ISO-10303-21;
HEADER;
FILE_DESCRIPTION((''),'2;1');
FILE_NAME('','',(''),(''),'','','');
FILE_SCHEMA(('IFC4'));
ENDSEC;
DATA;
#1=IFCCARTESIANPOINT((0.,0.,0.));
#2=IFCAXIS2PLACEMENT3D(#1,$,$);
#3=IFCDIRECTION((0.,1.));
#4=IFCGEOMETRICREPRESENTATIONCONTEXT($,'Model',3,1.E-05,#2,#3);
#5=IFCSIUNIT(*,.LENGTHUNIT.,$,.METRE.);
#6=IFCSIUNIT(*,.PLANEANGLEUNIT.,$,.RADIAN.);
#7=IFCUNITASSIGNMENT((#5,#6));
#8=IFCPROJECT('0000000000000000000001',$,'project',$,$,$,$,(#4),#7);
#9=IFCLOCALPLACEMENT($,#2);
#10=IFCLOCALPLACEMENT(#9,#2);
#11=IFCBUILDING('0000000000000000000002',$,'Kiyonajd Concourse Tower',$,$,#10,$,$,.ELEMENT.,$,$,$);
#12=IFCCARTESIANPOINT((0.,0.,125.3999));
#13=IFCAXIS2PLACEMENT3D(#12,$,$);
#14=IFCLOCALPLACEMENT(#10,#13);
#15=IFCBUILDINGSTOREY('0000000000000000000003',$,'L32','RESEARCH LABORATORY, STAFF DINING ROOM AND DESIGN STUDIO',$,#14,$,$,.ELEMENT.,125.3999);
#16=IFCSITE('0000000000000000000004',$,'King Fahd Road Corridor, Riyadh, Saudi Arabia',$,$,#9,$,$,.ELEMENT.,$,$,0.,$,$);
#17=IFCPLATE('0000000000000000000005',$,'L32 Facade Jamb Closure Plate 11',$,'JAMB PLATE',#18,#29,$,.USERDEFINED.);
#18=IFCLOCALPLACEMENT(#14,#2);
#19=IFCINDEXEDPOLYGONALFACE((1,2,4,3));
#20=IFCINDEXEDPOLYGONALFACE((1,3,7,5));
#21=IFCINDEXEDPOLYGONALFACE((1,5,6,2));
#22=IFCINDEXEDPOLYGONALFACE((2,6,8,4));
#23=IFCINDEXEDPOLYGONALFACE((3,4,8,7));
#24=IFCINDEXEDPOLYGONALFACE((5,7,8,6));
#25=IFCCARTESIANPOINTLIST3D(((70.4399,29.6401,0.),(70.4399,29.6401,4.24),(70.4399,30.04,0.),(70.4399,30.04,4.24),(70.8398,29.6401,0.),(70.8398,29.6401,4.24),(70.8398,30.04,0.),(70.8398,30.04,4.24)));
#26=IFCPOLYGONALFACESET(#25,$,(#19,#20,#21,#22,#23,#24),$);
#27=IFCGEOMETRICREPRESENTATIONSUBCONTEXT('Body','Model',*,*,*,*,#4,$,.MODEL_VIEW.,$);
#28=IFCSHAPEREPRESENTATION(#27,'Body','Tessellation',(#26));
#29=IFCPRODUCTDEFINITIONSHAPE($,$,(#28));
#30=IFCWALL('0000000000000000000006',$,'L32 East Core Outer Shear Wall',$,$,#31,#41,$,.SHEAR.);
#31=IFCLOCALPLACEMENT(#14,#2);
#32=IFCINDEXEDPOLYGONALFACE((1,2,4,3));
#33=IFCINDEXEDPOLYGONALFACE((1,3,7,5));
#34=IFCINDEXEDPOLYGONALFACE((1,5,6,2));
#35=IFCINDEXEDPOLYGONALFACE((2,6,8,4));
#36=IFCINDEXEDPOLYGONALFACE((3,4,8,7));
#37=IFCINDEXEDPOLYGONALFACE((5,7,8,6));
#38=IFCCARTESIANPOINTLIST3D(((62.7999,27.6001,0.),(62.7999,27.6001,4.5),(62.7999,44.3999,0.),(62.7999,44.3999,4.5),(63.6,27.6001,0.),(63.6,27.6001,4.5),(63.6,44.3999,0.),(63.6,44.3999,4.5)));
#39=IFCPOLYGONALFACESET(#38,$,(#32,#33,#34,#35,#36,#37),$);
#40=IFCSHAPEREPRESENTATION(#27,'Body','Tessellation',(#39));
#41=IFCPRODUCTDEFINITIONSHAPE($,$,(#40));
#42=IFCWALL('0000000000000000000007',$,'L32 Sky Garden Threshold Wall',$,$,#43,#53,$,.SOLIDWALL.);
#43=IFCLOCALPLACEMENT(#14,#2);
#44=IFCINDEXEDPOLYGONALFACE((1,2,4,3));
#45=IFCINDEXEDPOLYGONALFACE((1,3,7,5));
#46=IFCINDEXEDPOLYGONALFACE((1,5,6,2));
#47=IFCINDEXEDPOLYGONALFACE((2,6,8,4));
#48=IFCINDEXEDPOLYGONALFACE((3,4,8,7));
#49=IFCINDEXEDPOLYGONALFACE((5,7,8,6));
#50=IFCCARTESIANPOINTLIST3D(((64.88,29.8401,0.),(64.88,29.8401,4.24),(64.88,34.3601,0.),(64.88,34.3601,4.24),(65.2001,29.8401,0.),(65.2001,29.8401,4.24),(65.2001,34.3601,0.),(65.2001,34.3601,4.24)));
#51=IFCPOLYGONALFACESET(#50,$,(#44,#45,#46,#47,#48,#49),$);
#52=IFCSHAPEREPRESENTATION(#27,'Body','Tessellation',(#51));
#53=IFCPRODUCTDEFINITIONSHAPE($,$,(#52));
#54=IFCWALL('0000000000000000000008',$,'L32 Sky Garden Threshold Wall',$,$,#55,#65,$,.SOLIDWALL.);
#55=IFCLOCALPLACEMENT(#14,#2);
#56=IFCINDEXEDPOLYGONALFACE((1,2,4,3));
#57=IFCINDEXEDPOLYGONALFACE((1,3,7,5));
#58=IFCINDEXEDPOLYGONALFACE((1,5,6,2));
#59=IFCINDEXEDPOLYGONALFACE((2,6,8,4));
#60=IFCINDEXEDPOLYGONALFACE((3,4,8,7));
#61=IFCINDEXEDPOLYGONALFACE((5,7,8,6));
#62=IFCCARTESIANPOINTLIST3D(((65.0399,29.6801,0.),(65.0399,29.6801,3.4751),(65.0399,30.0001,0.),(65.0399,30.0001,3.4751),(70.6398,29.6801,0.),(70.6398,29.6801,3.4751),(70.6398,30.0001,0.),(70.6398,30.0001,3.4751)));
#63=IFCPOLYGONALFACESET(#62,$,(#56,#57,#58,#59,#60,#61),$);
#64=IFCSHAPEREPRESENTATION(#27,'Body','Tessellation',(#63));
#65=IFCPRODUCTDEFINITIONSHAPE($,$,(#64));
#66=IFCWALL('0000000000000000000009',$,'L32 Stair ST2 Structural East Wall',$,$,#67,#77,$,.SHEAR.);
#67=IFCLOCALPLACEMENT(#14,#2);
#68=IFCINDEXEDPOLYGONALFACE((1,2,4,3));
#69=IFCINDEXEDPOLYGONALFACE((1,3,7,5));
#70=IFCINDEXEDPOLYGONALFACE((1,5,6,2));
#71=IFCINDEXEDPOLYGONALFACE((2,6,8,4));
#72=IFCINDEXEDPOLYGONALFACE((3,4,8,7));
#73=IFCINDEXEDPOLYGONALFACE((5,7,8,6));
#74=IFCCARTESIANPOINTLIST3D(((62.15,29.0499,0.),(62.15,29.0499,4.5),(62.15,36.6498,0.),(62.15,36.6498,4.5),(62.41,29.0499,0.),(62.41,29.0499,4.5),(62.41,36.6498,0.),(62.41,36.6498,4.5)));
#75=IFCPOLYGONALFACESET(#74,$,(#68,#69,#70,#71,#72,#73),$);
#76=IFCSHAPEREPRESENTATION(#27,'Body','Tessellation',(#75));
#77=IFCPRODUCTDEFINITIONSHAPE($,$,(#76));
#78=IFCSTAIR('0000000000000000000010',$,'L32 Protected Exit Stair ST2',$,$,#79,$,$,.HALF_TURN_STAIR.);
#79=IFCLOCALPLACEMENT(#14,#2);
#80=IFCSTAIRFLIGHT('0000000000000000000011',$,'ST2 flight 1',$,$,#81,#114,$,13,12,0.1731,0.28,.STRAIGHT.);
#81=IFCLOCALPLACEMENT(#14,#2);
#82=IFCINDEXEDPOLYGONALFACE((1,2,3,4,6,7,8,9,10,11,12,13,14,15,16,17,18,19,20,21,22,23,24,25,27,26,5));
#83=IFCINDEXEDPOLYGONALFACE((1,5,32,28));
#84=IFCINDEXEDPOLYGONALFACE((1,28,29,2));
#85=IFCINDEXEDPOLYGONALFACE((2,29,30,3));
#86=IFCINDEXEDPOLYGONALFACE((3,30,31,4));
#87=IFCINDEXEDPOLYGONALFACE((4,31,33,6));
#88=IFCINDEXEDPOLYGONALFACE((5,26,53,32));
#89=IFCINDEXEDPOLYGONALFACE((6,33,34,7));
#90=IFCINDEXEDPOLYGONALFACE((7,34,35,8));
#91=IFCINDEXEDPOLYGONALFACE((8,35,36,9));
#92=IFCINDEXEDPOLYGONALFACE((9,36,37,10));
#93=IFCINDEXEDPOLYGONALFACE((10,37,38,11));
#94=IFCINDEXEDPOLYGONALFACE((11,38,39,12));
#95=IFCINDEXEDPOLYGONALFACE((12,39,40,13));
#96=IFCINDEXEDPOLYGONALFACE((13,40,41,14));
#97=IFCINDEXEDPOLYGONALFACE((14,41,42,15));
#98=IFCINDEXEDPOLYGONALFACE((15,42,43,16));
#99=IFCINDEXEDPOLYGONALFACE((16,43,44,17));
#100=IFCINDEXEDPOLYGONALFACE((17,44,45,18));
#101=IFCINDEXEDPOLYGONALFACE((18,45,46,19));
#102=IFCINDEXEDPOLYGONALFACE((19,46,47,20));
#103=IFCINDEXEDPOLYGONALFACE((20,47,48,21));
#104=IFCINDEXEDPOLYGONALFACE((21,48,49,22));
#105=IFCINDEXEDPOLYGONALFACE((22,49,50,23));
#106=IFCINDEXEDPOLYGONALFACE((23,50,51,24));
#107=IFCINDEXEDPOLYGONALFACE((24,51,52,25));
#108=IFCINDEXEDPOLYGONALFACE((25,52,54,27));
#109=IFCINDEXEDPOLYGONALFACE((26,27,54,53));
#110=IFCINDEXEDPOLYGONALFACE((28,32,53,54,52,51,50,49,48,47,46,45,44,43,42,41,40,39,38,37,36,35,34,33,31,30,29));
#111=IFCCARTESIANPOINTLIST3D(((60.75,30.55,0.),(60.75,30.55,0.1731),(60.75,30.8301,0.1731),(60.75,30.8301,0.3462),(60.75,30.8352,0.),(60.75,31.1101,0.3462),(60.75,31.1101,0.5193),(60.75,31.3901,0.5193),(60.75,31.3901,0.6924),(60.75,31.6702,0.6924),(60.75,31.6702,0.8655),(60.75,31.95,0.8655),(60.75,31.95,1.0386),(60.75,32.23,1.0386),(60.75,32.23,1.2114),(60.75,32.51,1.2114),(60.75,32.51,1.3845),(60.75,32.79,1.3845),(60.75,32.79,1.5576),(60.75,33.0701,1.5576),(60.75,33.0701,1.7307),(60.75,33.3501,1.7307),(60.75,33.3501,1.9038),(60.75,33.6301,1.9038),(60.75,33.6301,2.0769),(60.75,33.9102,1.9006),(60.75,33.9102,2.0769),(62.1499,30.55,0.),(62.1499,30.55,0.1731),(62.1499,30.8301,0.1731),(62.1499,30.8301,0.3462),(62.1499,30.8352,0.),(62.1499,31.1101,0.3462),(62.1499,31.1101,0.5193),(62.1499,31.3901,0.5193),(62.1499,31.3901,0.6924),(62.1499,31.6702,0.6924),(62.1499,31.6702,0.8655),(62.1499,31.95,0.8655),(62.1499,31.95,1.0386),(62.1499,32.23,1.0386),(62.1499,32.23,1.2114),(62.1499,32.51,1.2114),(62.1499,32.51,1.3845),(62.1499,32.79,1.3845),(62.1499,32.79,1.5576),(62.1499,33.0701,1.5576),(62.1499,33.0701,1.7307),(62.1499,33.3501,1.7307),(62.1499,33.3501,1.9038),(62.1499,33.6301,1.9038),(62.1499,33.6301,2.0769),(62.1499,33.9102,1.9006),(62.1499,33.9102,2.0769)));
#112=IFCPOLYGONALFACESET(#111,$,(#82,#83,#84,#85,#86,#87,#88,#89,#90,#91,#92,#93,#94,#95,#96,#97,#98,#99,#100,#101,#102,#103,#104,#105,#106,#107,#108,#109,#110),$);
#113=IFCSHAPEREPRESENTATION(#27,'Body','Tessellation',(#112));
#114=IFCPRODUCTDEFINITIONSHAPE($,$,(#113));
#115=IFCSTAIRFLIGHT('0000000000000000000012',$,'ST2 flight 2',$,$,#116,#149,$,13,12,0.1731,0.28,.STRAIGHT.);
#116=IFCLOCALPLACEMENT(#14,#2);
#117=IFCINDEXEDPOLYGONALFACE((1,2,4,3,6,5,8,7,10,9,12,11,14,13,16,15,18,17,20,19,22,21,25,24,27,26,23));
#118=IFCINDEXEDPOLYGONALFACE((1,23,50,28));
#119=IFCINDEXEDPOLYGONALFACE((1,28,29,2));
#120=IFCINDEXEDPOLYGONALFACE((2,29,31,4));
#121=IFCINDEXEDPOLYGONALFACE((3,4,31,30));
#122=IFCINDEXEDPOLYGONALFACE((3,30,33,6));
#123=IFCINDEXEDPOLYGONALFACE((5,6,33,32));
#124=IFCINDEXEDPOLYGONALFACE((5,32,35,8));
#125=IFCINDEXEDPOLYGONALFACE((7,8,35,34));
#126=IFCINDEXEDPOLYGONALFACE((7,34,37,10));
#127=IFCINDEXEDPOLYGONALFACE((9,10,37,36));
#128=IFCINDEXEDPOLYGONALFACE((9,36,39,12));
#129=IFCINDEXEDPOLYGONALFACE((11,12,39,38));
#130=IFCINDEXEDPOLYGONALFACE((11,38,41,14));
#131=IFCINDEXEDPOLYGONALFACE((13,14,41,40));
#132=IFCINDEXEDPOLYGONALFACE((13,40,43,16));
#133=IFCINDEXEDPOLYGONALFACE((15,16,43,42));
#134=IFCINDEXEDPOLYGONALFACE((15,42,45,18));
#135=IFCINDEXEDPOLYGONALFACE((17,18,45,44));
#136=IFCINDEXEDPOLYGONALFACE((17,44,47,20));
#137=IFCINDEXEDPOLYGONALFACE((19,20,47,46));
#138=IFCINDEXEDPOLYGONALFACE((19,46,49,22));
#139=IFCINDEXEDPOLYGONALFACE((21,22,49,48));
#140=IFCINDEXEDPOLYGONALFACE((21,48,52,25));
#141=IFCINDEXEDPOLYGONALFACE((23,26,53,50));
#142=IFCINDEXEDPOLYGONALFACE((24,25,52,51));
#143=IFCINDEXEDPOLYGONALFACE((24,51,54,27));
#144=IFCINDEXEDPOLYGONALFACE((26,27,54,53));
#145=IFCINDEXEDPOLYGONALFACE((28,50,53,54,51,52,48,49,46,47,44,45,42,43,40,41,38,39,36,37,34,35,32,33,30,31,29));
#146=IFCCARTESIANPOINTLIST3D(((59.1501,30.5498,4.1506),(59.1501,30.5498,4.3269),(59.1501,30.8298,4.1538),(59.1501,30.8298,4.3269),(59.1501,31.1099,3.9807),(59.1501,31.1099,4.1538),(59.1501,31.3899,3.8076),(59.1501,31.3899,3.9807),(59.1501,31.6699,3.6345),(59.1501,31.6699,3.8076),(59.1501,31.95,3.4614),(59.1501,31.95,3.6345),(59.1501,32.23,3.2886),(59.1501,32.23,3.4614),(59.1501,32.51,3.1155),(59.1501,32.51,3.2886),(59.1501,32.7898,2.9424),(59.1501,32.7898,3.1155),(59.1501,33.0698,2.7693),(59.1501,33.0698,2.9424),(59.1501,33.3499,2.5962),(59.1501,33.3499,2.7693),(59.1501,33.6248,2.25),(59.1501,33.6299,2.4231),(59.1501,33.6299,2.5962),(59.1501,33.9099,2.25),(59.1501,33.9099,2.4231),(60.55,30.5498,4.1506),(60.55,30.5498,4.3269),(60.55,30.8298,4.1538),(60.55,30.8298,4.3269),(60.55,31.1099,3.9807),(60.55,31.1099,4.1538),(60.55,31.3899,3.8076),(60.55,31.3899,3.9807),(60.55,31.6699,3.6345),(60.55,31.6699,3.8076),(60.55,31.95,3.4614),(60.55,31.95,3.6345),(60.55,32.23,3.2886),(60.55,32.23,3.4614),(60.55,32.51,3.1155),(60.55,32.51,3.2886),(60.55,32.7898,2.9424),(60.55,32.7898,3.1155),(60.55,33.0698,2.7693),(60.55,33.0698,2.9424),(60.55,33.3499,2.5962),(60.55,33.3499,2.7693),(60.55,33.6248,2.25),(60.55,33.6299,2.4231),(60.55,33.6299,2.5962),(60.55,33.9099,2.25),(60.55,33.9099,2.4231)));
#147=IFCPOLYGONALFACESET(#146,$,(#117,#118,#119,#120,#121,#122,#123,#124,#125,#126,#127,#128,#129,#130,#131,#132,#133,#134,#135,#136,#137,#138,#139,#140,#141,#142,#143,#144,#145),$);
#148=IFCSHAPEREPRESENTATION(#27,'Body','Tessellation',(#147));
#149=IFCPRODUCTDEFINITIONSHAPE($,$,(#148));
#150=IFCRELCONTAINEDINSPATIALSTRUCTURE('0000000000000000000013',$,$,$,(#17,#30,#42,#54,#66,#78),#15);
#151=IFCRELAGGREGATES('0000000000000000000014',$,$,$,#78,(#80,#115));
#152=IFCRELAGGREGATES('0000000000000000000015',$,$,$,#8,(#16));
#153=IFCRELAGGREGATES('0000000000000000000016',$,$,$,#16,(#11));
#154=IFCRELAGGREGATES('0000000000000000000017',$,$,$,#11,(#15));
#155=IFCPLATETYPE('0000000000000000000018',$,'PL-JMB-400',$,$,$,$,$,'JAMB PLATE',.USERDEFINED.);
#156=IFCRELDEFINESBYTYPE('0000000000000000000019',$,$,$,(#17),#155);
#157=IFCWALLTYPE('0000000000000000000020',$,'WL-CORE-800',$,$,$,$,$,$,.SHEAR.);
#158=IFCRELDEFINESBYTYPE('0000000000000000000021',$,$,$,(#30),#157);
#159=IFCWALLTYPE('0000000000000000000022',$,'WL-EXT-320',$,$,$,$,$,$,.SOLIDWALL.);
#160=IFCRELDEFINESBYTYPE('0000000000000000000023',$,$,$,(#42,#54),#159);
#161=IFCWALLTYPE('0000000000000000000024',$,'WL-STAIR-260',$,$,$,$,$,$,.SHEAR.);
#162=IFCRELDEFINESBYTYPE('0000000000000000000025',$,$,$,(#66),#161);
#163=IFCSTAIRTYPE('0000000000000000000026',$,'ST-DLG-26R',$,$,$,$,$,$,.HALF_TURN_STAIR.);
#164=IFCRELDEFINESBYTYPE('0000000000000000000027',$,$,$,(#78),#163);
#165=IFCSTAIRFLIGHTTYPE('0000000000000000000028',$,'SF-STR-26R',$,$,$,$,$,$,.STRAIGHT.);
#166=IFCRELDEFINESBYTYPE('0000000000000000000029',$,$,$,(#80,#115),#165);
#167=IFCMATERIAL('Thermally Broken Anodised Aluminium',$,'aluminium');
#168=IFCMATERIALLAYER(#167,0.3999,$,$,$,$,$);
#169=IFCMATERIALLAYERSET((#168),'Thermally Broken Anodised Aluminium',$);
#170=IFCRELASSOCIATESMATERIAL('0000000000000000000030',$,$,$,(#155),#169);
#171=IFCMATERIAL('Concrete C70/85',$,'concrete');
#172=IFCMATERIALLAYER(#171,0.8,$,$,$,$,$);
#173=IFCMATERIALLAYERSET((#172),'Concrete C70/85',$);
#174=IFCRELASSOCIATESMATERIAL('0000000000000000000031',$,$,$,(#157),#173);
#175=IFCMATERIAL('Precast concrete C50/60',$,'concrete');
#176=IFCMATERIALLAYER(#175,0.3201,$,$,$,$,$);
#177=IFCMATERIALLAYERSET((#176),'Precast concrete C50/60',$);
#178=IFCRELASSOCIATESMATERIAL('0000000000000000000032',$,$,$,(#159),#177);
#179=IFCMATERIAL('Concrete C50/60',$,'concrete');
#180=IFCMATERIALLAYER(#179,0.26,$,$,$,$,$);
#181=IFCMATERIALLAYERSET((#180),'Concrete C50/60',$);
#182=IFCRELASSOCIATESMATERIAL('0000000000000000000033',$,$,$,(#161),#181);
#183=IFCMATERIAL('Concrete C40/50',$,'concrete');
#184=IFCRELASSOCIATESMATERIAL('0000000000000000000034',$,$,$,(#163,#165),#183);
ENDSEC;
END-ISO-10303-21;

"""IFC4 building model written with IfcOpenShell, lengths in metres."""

from ifc_helpers import new_model, si_unit, direction, frame, frame_2d, origin, origin_2d, place, context, subcontext, project, spatial, polyline, rectangle, outline, extrude, material, layer, layer_set, type_object, element, aggregate, save


model = new_model("IFC4")

# Units and contexts
model_context = context("Model", 3, precision=1e-05, world=origin(), true_north=direction((0.0, 1.0)))
body_context = subcontext(model_context, "Body", "Model", "MODEL_VIEW")
ifc_project = project(units=[si_unit("LENGTHUNIT", "METRE"), si_unit("PLANEANGLEUNIT", "RADIAN")], contexts=[model_context])

# Site, building, storey
site_placement = place(None, origin())
site = spatial("IfcSite", under=ifc_project, at=site_placement, Name="King Fahd Road Corridor, Riyadh, Saudi Arabia", CompositionType="ELEMENT", RefElevation=0.0)
building_placement = place(site_placement, origin())
building = spatial("IfcBuilding", under=site, at=building_placement, Name="Kiyonajd Concourse Tower", CompositionType="ELEMENT")
storey_placement = place(building_placement, frame((0.0, 0.0, 125.3999)))
storey = spatial("IfcBuildingStorey", under=building, at=storey_placement, Name="L32", Description="RESEARCH LABORATORY, STAFF DINING ROOM AND DESIGN STUDIO", CompositionType="ELEMENT", Elevation=125.3999)

# Shared definitions
ifc_material_1 = material(Name="Concrete C70/85", Category="concrete")

# Shared definitions
ifc_material_2 = material(Name="Precast concrete C50/60", Category="concrete")

# Shared definitions
ifc_material_3 = material(Name="Thermally Broken Anodised Aluminium", Category="aluminium")

# Plate
ifc_layer_1 = layer(ifc_material_3, 0.3999)
ifc_layer_set_1 = layer_set([ifc_layer_1], Name="Thermally Broken Anodised Aluminium")
plate_type_1 = type_object("IfcPlateType", Name="PL-JMB-400", ElementType="JAMB PLATE", PredefinedType="USERDEFINED", material=ifc_layer_set_1)
plate_1_placement = place(storey_placement, frame((70.6399, 29.8401, 0.0), z_axis=(0.0, 0.0, 1.0), x_axis=(1.0, 0.0, 0.0)))
element("IfcPlate", 1, at=plate_1_placement, inside=storey, type_object=plate_type_1, Name="L32 Facade Jamb Closure Plate 11", ObjectType="JAMB PLATE", PredefinedType="USERDEFINED", context=body_context, shape_type="SweptSolid", body=[
    extrude(rectangle(XDim=0.3999, YDim=0.3999, at=origin_2d()), origin(), (0.0, 0.0, 1.0), 4.24),
])

# Walls
ifc_layer_2 = layer(ifc_material_1, 0.8)
ifc_layer_set_2 = layer_set([ifc_layer_2], Name="Concrete C70/85")
wall_type_1 = type_object("IfcWallType", Name="WL-CORE-800", PredefinedType="SHEAR", material=ifc_layer_set_2)
wall_1_placement = place(storey_placement, frame((63.2, 27.6001, 0.0), z_axis=(0.0, 0.0, 1.0), x_axis=(0.0, 1.0, 0.0)))
element("IfcWall", 2, at=wall_1_placement, inside=storey, type_object=wall_type_1, Name="L32 East Core Outer Shear Wall", PredefinedType="SHEAR", context=body_context, shape_type="SweptSolid", body=[
    extrude(rectangle(XDim=16.7998, YDim=0.8, at=frame_2d((8.3999, 0.0))), origin(), (0.0, 0.0, 1.0), 4.5),
])
ifc_layer_3 = layer(ifc_material_2, 0.3201)
ifc_layer_set_3 = layer_set([ifc_layer_3], Name="Precast concrete C50/60")
wall_type_2 = type_object("IfcWallType", Name="WL-EXT-320", PredefinedType="SOLIDWALL", material=ifc_layer_set_3)
wall_2_placement = place(storey_placement, frame((65.04, 34.3601, 0.0), z_axis=(0.0, 0.0, 1.0), x_axis=(0.0, -1.0, 0.0)))
element("IfcWall", 3, at=wall_2_placement, inside=storey, type_object=wall_type_2, Name="L32 Sky Garden Threshold Wall", PredefinedType="SOLIDWALL", context=body_context, shape_type="SweptSolid", body=[
    extrude(rectangle(XDim=4.52, YDim=0.3201, at=frame_2d((2.26, 0.0))), origin(), (0.0, 0.0, 1.0), 4.24),
])
wall_3_placement = place(storey_placement, frame((65.04, 29.8401, 0.0), z_axis=(0.0, 0.0, 1.0), x_axis=(1.0, 0.0, 0.0)))
element("IfcWall", 4, at=wall_3_placement, inside=storey, type_object=wall_type_2, Name="L32 Sky Garden Threshold Wall", PredefinedType="SOLIDWALL", context=body_context, shape_type="SweptSolid", body=[
    extrude(rectangle(XDim=5.5999, YDim=0.3201, at=frame_2d((2.7998, 0.0))), origin(), (0.0, 0.0, 1.0), 3.4751),
])
ifc_material_4 = material(Name="Concrete C50/60", Category="concrete")
ifc_layer_4 = layer(ifc_material_4, 0.26)
ifc_layer_set_4 = layer_set([ifc_layer_4], Name="Concrete C50/60")
wall_type_3 = type_object("IfcWallType", Name="WL-STAIR-260", PredefinedType="SHEAR", material=ifc_layer_set_4)
wall_4_placement = place(storey_placement, frame((62.28, 29.05, 0.0), z_axis=(0.0, 0.0, 1.0), x_axis=(0.0, 1.0, 0.0)))
element("IfcWall", 5, at=wall_4_placement, inside=storey, type_object=wall_type_3, Name="L32 Stair ST2 Structural East Wall", PredefinedType="SHEAR", context=body_context, shape_type="SweptSolid", body=[
    extrude(rectangle(XDim=7.5999, YDim=0.26, at=frame_2d((3.7998, 0.0))), origin(), (0.0, 0.0, 1.0), 4.5),
])

# Stair, stair flights
ifc_material_5 = material(Name="Concrete C40/50", Category="concrete")
stair_type = type_object("IfcStairType", Name="ST-DLG-26R", PredefinedType="HALF_TURN_STAIR", material=ifc_material_5)
stair_placement = place(storey_placement, origin())
stair = element("IfcStair", 6, at=stair_placement, inside=storey, type_object=stair_type, Name="L32 Protected Exit Stair ST2", PredefinedType="HALF_TURN_STAIR")
stair_flight_type = type_object("IfcStairFlightType", Name="SF-STR-26R", PredefinedType="STRAIGHT", material=ifc_material_5)
stair_flight_1_placement = place(storey_placement, frame((61.45, 30.55, 0.0), z_axis=(0.0, 0.0, 1.0), x_axis=(0.0, 1.0, 0.0)))
stair_flight_1 = element("IfcStairFlight", 7, at=stair_flight_1_placement, type_object=stair_flight_type, Name="ST2 flight 1", NumberOfRisers=13, NumberOfTreads=12, PredefinedType="STRAIGHT", RiserHeight=0.1731, TreadLength=0.28, context=body_context, shape_type="SweptSolid", body=[
    extrude(outline(polyline([(0.0, 0.0), (0.0, 0.1731), (0.28, 0.1731), (0.28, 0.3462), (0.5601, 0.3462), (0.5601, 0.5193), (0.8401, 0.5193), (0.8401, 0.6924), (1.1201, 0.6924), (1.1201, 0.8655), (1.3999, 0.8655), (1.3999, 1.0386), (1.6799, 1.0386), (1.6799, 1.2114), (1.96, 1.2114), (1.96, 1.3845), (2.24, 1.3845), (2.24, 1.5576), (2.52, 1.5576), (2.52, 1.7307), (2.8, 1.7307), (2.8, 1.9038), (3.0801, 1.9038), (3.0801, 2.0769), (3.3601, 2.0769), (3.3601, 2.25), (3.3601, 1.9006), (0.2852, 0.0), (0.0, 0.0)])), frame((0.0, 0.7, 0.0), z_axis=(0.0, -1.0, 0.0), x_axis=(1.0, 0.0, 0.0)), (0.0, 0.0, 1.0), 1.3999),
])
stair_flight_2_placement = place(storey_placement, frame((59.8501, 33.9099, 2.25), z_axis=(0.0, 0.0, 1.0), x_axis=(0.0, -1.0, 0.0)))
stair_flight_2 = element("IfcStairFlight", 8, at=stair_flight_2_placement, type_object=stair_flight_type, Name="ST2 flight 2", NumberOfRisers=13, NumberOfTreads=12, PredefinedType="STRAIGHT", RiserHeight=0.1731, TreadLength=0.28, context=body_context, shape_type="SweptSolid", body=[
    extrude(outline(polyline([(0.0, 0.0), (0.0, 0.1731), (0.28, 0.1731), (0.28, 0.3462), (0.5601, 0.3462), (0.5601, 0.5193), (0.8401, 0.5193), (0.8401, 0.6924), (1.1201, 0.6924), (1.1201, 0.8655), (1.3999, 0.8655), (1.3999, 1.0386), (1.6799, 1.0386), (1.6799, 1.2114), (1.96, 1.2114), (1.96, 1.3845), (2.24, 1.3845), (2.24, 1.5576), (2.52, 1.5576), (2.52, 1.7307), (2.8, 1.7307), (2.8, 1.9038), (3.0801, 1.9038), (3.0801, 2.0769), (3.3601, 2.0769), (3.3601, 2.25), (3.3601, 1.9006), (0.2852, 0.0), (0.0, 0.0)])), frame((0.0, 0.7, 0.0), z_axis=(0.0, -1.0, 0.0), x_axis=(1.0, 0.0, 0.0)), (0.0, 0.0, 1.0), 1.3999),
])
aggregate(stair, [stair_flight_1, stair_flight_2])

save(model, "model.ifc")
